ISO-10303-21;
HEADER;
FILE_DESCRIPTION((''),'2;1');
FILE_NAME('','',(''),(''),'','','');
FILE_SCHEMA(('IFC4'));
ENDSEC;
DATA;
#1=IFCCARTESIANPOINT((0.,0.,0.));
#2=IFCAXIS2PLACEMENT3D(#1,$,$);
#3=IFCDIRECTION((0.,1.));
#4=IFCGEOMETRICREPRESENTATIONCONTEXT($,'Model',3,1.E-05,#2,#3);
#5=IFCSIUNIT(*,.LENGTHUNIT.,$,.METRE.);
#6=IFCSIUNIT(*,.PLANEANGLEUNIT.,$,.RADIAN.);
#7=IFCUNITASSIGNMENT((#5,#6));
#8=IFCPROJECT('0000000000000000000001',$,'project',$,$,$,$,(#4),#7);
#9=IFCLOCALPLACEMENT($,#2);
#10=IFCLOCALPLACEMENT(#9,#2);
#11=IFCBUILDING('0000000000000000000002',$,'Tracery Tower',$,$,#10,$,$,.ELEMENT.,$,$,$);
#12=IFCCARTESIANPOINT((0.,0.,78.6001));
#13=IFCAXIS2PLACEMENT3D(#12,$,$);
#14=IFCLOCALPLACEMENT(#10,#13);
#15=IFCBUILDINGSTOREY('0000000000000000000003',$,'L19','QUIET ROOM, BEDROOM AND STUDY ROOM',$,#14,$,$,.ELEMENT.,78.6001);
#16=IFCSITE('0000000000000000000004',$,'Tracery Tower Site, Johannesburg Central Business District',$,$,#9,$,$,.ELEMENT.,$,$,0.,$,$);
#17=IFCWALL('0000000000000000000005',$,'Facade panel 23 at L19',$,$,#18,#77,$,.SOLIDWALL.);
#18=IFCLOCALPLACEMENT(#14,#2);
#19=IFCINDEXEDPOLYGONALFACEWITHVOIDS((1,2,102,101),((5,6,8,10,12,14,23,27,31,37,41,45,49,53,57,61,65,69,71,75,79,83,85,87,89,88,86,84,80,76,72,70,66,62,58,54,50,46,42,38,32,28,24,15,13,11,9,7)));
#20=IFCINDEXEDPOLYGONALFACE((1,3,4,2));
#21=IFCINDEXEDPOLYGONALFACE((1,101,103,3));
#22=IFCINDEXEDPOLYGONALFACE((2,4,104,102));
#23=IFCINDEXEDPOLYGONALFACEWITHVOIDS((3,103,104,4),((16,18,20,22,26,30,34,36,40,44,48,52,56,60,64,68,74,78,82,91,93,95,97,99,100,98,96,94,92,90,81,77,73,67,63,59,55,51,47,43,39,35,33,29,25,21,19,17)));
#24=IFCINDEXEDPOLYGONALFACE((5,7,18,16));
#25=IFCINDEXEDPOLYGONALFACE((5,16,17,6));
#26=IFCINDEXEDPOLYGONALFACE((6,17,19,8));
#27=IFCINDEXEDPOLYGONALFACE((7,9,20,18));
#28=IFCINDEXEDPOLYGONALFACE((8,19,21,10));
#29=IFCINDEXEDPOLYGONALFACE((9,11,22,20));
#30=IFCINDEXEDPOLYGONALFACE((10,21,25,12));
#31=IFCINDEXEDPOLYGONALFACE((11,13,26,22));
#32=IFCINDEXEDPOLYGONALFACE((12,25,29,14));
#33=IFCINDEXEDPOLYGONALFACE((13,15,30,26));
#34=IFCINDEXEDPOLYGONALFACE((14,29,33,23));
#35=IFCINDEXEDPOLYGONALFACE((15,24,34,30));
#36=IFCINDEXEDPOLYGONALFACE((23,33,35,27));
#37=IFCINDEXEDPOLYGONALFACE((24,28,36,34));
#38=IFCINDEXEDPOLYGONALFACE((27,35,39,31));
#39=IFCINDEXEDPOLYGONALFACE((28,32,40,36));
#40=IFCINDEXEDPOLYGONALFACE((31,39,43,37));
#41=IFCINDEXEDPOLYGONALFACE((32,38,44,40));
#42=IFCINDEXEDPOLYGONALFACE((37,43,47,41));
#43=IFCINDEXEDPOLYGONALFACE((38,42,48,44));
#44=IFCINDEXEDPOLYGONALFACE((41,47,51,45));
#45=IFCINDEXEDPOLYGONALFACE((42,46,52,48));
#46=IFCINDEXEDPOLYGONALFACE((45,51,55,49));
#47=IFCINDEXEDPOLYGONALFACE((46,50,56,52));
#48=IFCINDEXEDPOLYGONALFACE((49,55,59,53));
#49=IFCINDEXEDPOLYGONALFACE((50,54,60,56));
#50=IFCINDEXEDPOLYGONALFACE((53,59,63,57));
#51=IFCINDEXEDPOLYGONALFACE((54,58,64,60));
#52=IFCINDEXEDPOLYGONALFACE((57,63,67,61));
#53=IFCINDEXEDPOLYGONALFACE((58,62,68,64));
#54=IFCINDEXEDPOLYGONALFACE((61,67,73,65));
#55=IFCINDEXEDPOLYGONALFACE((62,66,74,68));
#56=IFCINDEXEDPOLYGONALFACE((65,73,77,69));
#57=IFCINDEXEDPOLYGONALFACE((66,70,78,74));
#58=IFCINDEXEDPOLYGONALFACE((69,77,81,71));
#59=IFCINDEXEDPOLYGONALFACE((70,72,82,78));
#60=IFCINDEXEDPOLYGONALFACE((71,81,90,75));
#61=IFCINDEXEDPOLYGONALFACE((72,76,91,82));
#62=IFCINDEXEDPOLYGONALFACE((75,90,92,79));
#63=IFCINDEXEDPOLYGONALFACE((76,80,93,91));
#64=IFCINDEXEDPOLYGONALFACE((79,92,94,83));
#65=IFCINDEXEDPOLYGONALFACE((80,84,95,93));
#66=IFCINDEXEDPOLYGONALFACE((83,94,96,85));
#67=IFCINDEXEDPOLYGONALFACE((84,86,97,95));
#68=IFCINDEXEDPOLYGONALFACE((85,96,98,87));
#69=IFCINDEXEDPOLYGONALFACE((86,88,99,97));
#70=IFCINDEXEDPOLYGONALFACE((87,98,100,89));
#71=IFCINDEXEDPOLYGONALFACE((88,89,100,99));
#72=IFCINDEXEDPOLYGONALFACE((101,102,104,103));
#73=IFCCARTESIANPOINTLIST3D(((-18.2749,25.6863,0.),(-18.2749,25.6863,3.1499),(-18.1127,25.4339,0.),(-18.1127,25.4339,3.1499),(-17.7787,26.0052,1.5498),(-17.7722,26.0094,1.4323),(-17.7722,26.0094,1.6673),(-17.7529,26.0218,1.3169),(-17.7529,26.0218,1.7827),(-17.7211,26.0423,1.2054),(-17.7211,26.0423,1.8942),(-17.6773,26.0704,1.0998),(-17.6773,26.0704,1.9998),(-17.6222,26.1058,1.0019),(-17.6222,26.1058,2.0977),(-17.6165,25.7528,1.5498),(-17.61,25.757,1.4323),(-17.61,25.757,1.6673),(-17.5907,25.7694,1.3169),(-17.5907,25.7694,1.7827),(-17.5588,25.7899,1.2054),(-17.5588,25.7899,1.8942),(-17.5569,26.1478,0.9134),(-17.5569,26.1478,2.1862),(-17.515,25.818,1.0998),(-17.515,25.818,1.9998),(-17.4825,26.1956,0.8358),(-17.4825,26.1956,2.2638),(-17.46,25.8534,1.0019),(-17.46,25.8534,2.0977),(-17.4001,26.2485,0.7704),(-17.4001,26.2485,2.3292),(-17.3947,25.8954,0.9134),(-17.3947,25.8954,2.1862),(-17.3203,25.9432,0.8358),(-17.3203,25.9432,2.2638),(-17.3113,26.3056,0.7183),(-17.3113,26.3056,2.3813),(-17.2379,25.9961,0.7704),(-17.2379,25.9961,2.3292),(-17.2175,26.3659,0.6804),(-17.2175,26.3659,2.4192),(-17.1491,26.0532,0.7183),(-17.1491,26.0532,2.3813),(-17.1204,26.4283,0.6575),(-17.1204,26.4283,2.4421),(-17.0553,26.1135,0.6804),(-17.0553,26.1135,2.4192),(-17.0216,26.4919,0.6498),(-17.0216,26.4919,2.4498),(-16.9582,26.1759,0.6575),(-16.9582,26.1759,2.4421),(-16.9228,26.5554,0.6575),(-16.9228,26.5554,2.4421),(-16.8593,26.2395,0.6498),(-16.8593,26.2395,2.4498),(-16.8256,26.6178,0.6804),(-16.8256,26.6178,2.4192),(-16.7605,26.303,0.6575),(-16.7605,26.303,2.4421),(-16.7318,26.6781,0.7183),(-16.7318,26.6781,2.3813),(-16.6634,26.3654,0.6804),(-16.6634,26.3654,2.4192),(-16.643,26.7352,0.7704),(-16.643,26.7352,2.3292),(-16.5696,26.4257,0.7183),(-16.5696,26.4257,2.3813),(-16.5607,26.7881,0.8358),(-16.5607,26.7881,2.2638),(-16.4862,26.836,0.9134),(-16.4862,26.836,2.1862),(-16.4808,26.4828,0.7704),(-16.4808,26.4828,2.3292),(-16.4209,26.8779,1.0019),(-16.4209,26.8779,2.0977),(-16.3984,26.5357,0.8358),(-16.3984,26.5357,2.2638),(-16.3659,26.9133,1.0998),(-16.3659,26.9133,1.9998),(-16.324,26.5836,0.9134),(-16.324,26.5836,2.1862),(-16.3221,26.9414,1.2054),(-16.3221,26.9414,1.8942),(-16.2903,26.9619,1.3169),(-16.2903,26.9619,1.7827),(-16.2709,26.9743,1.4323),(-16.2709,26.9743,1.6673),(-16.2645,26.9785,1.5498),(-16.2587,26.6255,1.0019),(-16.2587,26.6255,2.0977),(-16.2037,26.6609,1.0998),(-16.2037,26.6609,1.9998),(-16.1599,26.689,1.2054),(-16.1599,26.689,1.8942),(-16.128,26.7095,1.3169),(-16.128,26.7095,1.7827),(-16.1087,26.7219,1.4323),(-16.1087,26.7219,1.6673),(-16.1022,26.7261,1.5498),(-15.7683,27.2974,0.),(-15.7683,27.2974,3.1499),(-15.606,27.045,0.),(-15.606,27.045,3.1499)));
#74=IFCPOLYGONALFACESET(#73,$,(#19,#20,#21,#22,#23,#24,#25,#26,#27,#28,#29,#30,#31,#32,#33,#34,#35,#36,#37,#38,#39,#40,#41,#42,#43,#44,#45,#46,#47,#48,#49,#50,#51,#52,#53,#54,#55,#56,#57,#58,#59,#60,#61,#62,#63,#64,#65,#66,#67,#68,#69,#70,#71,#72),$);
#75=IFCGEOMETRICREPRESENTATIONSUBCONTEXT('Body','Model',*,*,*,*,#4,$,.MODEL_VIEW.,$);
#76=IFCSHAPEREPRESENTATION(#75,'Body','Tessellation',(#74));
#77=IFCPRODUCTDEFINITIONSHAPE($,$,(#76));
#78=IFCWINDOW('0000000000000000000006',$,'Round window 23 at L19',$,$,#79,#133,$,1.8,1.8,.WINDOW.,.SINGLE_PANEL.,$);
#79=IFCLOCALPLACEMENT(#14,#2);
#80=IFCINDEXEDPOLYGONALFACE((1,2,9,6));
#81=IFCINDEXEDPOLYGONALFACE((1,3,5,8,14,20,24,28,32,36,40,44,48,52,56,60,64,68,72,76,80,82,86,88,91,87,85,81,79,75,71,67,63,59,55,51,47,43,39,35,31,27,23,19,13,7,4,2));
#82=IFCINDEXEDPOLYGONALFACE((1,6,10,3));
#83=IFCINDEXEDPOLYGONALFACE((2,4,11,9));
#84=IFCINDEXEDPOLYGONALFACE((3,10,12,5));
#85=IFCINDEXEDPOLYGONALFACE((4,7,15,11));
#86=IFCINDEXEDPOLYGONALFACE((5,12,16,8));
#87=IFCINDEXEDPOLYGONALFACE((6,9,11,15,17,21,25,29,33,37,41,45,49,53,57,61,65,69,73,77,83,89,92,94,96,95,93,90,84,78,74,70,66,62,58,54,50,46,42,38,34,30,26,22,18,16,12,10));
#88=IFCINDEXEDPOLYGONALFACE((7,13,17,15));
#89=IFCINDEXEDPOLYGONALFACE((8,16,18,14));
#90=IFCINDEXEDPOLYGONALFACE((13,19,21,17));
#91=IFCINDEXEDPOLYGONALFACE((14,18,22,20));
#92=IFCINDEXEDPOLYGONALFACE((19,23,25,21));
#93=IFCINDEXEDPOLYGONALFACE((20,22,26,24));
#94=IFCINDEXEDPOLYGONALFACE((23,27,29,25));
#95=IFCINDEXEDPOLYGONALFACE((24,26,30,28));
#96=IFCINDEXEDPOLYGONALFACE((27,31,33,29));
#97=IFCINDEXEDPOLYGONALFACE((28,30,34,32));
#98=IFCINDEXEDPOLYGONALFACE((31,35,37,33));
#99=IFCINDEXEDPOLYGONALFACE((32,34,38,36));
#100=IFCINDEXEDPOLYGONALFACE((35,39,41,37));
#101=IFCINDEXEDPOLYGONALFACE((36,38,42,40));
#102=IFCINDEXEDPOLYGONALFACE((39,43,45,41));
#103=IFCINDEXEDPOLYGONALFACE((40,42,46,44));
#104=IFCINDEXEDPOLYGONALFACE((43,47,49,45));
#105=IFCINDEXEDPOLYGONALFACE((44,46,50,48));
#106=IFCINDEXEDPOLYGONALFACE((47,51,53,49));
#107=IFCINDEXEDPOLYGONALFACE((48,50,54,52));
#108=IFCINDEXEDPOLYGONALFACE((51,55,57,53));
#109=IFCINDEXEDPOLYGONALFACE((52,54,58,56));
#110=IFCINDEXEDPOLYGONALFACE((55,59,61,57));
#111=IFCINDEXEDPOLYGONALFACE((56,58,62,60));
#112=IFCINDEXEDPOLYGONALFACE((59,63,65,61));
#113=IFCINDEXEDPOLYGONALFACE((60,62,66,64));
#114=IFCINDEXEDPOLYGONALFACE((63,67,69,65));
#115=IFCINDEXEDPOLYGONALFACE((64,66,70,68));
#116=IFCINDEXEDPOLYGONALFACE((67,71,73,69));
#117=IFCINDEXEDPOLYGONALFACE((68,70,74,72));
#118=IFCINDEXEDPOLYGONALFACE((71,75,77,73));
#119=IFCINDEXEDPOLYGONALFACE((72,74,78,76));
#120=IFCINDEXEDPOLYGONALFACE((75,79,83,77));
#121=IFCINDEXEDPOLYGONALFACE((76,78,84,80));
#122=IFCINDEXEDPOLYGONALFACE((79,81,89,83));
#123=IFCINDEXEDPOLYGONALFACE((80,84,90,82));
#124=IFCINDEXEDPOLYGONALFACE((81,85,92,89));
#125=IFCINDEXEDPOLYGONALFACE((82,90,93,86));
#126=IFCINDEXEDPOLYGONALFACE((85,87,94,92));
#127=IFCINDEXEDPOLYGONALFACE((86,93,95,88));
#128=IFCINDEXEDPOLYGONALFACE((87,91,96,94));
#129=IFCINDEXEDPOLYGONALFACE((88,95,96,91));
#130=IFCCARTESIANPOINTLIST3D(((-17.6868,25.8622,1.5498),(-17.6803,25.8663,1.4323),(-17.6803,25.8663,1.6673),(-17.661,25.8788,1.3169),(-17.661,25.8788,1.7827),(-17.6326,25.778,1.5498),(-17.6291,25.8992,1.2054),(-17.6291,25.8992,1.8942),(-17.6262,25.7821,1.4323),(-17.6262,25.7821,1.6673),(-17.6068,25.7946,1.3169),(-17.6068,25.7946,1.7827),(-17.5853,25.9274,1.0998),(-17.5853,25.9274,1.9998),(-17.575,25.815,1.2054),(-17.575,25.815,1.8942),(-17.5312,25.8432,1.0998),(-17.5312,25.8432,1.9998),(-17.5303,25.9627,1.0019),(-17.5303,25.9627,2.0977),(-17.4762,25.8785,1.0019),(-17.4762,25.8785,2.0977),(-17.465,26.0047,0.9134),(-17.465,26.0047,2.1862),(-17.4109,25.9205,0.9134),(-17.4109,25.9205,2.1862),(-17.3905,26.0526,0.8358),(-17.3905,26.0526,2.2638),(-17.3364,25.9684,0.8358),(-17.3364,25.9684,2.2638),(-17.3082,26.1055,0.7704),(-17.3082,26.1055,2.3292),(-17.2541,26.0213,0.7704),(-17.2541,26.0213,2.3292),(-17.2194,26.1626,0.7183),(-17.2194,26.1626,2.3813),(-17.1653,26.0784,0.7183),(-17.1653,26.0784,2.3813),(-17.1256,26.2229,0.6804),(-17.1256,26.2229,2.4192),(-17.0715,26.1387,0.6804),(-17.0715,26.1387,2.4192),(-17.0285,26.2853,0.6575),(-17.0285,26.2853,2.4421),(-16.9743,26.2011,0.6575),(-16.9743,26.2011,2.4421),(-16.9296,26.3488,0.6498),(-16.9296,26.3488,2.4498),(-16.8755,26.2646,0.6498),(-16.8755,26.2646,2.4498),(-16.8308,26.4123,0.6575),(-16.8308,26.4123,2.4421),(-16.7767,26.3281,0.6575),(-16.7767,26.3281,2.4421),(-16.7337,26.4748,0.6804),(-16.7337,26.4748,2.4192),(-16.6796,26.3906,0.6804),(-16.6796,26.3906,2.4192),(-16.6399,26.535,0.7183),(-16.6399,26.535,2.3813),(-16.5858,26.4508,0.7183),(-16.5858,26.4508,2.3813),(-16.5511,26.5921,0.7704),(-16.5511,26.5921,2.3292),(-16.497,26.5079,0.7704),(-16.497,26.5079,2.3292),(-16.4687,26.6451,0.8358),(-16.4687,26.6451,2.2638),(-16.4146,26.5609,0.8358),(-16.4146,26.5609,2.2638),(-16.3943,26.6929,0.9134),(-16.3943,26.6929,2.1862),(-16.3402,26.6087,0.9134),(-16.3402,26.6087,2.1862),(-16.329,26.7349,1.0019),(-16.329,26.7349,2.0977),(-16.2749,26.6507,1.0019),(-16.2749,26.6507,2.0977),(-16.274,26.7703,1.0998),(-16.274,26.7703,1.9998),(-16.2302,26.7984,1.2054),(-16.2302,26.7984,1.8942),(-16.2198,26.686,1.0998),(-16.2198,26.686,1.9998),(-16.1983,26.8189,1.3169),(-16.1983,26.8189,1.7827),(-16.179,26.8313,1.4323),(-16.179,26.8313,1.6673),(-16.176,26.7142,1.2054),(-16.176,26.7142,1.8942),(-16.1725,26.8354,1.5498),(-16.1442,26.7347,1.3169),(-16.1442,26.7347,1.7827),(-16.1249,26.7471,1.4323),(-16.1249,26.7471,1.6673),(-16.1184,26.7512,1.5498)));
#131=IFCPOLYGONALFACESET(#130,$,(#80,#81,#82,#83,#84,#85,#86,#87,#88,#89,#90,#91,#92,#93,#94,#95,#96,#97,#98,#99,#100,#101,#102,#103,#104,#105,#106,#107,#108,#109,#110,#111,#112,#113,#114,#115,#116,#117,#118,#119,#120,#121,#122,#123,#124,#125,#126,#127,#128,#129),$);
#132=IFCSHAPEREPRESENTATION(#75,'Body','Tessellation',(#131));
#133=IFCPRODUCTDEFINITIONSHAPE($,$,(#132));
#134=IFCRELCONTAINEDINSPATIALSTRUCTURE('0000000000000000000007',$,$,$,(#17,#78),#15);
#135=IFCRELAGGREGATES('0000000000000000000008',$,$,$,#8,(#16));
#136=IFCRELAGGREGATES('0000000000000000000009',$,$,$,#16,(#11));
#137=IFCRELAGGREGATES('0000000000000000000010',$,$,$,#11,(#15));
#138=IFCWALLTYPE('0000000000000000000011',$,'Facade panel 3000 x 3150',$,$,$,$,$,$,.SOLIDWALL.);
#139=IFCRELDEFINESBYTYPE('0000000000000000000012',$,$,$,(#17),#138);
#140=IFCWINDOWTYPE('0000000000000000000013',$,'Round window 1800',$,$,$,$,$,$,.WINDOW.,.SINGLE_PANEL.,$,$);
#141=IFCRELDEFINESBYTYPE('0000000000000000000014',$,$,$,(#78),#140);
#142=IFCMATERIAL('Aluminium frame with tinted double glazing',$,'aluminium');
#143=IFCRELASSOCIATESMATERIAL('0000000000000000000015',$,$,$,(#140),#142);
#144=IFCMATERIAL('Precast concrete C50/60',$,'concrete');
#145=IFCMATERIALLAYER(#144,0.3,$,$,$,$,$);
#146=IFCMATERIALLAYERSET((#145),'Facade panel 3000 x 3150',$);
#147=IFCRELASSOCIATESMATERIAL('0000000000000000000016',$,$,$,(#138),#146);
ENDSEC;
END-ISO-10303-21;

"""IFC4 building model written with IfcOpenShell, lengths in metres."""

from ifc_helpers import new_model, si_unit, direction, frame, frame_2d, origin, origin_2d, place, context, subcontext, project, spatial, rectangle, circle, extrude, material, layer, layer_set, type_object, element, fill, save


model = new_model("IFC4")

# Units and contexts
model_context = context("Model", 3, precision=1e-05, world=origin(), true_north=direction((0.0, 1.0)))
body_context = subcontext(model_context, "Body", "Model", "MODEL_VIEW")
ifc_project = project(units=[si_unit("LENGTHUNIT", "METRE"), si_unit("PLANEANGLEUNIT", "RADIAN")], contexts=[model_context])

# Site, building, storey
site_placement = place(None, origin())
site = spatial("IfcSite", under=ifc_project, at=site_placement, Name="Tracery Tower Site, Johannesburg Central Business District", CompositionType="ELEMENT", RefElevation=0.0)
building_placement = place(site_placement, origin())
building = spatial("IfcBuilding", under=site, at=building_placement, Name="Tracery Tower", CompositionType="ELEMENT")
storey_placement = place(building_placement, frame((0.0, 0.0, 78.6001)))
storey = spatial("IfcBuildingStorey", under=building, at=storey_placement, Name="L19", Description="QUIET ROOM, BEDROOM AND STUDY ROOM", CompositionType="ELEMENT", Elevation=78.6001)

# Wall, opening, window
ifc_material_1 = material(Name="Aluminium frame with tinted double glazing", Category="aluminium")
window_type = type_object("IfcWindowType", Name="Round window 1800", PartitioningType="SINGLE_PANEL", PredefinedType="WINDOW", material=ifc_material_1)
ifc_material_2 = material(Name="Precast concrete C50/60", Category="concrete")
ifc_layer_1 = layer(ifc_material_2, 0.3)
ifc_layer_set_1 = layer_set([ifc_layer_1], Name="Facade panel 3000 x 3150")
wall_type_1 = type_object("IfcWallType", Name="Facade panel 3000 x 3150", PredefinedType="SOLIDWALL", material=ifc_layer_set_1)
wall_1_placement = place(storey_placement, frame((-15.6873, 27.1711, 0.0), z_axis=(0.0, 0.0, 1.0), x_axis=(-0.841224, -0.540687, 0.0)))
wall_1 = element("IfcWall", 1, at=wall_1_placement, inside=storey, type_object=wall_type_1, Name="Facade panel 23 at L19", PredefinedType="SOLIDWALL", context=body_context, shape_type="SweptSolid", body=[
    extrude(rectangle(XDim=2.9797, YDim=0.3, at=frame_2d((1.4897, 0.0))), origin(), (0.0, 0.0, 1.0), 3.1499),
])
opening_1_placement = place(wall_1_placement, frame((1.4897, 0.0, 1.5498)))
opening_1 = element("IfcOpeningElement", 2, at=opening_1_placement, cuts=wall_1, PredefinedType="OPENING", context=body_context, shape_type="SweptSolid", body=[
    extrude(circle(Radius=0.9, at=origin_2d()), frame((0.0, 0.1599, 0.0), z_axis=(0.0, -1.0, 0.0), x_axis=(1.0, 0.0, 0.0)), (0.0, 0.0, 1.0), 0.3201),
])
window_1_placement = place(opening_1_placement, origin())
window_1 = element("IfcWindow", 3, at=window_1_placement, inside=storey, type_object=window_type, Name="Round window 23 at L19", OverallHeight=1.8, OverallWidth=1.8, PartitioningType="SINGLE_PANEL", PredefinedType="WINDOW", context=body_context, shape_type="SweptSolid", body=[
    extrude(circle(Radius=0.9, at=origin_2d()), frame((0.0, 0.1201, 0.0), z_axis=(0.0, -1.0, 0.0), x_axis=(1.0, 0.0, 0.0)), (0.0, 0.0, 1.0), 0.1001),
])
fill(opening_1, window_1)

save(model, "model.ifc")
